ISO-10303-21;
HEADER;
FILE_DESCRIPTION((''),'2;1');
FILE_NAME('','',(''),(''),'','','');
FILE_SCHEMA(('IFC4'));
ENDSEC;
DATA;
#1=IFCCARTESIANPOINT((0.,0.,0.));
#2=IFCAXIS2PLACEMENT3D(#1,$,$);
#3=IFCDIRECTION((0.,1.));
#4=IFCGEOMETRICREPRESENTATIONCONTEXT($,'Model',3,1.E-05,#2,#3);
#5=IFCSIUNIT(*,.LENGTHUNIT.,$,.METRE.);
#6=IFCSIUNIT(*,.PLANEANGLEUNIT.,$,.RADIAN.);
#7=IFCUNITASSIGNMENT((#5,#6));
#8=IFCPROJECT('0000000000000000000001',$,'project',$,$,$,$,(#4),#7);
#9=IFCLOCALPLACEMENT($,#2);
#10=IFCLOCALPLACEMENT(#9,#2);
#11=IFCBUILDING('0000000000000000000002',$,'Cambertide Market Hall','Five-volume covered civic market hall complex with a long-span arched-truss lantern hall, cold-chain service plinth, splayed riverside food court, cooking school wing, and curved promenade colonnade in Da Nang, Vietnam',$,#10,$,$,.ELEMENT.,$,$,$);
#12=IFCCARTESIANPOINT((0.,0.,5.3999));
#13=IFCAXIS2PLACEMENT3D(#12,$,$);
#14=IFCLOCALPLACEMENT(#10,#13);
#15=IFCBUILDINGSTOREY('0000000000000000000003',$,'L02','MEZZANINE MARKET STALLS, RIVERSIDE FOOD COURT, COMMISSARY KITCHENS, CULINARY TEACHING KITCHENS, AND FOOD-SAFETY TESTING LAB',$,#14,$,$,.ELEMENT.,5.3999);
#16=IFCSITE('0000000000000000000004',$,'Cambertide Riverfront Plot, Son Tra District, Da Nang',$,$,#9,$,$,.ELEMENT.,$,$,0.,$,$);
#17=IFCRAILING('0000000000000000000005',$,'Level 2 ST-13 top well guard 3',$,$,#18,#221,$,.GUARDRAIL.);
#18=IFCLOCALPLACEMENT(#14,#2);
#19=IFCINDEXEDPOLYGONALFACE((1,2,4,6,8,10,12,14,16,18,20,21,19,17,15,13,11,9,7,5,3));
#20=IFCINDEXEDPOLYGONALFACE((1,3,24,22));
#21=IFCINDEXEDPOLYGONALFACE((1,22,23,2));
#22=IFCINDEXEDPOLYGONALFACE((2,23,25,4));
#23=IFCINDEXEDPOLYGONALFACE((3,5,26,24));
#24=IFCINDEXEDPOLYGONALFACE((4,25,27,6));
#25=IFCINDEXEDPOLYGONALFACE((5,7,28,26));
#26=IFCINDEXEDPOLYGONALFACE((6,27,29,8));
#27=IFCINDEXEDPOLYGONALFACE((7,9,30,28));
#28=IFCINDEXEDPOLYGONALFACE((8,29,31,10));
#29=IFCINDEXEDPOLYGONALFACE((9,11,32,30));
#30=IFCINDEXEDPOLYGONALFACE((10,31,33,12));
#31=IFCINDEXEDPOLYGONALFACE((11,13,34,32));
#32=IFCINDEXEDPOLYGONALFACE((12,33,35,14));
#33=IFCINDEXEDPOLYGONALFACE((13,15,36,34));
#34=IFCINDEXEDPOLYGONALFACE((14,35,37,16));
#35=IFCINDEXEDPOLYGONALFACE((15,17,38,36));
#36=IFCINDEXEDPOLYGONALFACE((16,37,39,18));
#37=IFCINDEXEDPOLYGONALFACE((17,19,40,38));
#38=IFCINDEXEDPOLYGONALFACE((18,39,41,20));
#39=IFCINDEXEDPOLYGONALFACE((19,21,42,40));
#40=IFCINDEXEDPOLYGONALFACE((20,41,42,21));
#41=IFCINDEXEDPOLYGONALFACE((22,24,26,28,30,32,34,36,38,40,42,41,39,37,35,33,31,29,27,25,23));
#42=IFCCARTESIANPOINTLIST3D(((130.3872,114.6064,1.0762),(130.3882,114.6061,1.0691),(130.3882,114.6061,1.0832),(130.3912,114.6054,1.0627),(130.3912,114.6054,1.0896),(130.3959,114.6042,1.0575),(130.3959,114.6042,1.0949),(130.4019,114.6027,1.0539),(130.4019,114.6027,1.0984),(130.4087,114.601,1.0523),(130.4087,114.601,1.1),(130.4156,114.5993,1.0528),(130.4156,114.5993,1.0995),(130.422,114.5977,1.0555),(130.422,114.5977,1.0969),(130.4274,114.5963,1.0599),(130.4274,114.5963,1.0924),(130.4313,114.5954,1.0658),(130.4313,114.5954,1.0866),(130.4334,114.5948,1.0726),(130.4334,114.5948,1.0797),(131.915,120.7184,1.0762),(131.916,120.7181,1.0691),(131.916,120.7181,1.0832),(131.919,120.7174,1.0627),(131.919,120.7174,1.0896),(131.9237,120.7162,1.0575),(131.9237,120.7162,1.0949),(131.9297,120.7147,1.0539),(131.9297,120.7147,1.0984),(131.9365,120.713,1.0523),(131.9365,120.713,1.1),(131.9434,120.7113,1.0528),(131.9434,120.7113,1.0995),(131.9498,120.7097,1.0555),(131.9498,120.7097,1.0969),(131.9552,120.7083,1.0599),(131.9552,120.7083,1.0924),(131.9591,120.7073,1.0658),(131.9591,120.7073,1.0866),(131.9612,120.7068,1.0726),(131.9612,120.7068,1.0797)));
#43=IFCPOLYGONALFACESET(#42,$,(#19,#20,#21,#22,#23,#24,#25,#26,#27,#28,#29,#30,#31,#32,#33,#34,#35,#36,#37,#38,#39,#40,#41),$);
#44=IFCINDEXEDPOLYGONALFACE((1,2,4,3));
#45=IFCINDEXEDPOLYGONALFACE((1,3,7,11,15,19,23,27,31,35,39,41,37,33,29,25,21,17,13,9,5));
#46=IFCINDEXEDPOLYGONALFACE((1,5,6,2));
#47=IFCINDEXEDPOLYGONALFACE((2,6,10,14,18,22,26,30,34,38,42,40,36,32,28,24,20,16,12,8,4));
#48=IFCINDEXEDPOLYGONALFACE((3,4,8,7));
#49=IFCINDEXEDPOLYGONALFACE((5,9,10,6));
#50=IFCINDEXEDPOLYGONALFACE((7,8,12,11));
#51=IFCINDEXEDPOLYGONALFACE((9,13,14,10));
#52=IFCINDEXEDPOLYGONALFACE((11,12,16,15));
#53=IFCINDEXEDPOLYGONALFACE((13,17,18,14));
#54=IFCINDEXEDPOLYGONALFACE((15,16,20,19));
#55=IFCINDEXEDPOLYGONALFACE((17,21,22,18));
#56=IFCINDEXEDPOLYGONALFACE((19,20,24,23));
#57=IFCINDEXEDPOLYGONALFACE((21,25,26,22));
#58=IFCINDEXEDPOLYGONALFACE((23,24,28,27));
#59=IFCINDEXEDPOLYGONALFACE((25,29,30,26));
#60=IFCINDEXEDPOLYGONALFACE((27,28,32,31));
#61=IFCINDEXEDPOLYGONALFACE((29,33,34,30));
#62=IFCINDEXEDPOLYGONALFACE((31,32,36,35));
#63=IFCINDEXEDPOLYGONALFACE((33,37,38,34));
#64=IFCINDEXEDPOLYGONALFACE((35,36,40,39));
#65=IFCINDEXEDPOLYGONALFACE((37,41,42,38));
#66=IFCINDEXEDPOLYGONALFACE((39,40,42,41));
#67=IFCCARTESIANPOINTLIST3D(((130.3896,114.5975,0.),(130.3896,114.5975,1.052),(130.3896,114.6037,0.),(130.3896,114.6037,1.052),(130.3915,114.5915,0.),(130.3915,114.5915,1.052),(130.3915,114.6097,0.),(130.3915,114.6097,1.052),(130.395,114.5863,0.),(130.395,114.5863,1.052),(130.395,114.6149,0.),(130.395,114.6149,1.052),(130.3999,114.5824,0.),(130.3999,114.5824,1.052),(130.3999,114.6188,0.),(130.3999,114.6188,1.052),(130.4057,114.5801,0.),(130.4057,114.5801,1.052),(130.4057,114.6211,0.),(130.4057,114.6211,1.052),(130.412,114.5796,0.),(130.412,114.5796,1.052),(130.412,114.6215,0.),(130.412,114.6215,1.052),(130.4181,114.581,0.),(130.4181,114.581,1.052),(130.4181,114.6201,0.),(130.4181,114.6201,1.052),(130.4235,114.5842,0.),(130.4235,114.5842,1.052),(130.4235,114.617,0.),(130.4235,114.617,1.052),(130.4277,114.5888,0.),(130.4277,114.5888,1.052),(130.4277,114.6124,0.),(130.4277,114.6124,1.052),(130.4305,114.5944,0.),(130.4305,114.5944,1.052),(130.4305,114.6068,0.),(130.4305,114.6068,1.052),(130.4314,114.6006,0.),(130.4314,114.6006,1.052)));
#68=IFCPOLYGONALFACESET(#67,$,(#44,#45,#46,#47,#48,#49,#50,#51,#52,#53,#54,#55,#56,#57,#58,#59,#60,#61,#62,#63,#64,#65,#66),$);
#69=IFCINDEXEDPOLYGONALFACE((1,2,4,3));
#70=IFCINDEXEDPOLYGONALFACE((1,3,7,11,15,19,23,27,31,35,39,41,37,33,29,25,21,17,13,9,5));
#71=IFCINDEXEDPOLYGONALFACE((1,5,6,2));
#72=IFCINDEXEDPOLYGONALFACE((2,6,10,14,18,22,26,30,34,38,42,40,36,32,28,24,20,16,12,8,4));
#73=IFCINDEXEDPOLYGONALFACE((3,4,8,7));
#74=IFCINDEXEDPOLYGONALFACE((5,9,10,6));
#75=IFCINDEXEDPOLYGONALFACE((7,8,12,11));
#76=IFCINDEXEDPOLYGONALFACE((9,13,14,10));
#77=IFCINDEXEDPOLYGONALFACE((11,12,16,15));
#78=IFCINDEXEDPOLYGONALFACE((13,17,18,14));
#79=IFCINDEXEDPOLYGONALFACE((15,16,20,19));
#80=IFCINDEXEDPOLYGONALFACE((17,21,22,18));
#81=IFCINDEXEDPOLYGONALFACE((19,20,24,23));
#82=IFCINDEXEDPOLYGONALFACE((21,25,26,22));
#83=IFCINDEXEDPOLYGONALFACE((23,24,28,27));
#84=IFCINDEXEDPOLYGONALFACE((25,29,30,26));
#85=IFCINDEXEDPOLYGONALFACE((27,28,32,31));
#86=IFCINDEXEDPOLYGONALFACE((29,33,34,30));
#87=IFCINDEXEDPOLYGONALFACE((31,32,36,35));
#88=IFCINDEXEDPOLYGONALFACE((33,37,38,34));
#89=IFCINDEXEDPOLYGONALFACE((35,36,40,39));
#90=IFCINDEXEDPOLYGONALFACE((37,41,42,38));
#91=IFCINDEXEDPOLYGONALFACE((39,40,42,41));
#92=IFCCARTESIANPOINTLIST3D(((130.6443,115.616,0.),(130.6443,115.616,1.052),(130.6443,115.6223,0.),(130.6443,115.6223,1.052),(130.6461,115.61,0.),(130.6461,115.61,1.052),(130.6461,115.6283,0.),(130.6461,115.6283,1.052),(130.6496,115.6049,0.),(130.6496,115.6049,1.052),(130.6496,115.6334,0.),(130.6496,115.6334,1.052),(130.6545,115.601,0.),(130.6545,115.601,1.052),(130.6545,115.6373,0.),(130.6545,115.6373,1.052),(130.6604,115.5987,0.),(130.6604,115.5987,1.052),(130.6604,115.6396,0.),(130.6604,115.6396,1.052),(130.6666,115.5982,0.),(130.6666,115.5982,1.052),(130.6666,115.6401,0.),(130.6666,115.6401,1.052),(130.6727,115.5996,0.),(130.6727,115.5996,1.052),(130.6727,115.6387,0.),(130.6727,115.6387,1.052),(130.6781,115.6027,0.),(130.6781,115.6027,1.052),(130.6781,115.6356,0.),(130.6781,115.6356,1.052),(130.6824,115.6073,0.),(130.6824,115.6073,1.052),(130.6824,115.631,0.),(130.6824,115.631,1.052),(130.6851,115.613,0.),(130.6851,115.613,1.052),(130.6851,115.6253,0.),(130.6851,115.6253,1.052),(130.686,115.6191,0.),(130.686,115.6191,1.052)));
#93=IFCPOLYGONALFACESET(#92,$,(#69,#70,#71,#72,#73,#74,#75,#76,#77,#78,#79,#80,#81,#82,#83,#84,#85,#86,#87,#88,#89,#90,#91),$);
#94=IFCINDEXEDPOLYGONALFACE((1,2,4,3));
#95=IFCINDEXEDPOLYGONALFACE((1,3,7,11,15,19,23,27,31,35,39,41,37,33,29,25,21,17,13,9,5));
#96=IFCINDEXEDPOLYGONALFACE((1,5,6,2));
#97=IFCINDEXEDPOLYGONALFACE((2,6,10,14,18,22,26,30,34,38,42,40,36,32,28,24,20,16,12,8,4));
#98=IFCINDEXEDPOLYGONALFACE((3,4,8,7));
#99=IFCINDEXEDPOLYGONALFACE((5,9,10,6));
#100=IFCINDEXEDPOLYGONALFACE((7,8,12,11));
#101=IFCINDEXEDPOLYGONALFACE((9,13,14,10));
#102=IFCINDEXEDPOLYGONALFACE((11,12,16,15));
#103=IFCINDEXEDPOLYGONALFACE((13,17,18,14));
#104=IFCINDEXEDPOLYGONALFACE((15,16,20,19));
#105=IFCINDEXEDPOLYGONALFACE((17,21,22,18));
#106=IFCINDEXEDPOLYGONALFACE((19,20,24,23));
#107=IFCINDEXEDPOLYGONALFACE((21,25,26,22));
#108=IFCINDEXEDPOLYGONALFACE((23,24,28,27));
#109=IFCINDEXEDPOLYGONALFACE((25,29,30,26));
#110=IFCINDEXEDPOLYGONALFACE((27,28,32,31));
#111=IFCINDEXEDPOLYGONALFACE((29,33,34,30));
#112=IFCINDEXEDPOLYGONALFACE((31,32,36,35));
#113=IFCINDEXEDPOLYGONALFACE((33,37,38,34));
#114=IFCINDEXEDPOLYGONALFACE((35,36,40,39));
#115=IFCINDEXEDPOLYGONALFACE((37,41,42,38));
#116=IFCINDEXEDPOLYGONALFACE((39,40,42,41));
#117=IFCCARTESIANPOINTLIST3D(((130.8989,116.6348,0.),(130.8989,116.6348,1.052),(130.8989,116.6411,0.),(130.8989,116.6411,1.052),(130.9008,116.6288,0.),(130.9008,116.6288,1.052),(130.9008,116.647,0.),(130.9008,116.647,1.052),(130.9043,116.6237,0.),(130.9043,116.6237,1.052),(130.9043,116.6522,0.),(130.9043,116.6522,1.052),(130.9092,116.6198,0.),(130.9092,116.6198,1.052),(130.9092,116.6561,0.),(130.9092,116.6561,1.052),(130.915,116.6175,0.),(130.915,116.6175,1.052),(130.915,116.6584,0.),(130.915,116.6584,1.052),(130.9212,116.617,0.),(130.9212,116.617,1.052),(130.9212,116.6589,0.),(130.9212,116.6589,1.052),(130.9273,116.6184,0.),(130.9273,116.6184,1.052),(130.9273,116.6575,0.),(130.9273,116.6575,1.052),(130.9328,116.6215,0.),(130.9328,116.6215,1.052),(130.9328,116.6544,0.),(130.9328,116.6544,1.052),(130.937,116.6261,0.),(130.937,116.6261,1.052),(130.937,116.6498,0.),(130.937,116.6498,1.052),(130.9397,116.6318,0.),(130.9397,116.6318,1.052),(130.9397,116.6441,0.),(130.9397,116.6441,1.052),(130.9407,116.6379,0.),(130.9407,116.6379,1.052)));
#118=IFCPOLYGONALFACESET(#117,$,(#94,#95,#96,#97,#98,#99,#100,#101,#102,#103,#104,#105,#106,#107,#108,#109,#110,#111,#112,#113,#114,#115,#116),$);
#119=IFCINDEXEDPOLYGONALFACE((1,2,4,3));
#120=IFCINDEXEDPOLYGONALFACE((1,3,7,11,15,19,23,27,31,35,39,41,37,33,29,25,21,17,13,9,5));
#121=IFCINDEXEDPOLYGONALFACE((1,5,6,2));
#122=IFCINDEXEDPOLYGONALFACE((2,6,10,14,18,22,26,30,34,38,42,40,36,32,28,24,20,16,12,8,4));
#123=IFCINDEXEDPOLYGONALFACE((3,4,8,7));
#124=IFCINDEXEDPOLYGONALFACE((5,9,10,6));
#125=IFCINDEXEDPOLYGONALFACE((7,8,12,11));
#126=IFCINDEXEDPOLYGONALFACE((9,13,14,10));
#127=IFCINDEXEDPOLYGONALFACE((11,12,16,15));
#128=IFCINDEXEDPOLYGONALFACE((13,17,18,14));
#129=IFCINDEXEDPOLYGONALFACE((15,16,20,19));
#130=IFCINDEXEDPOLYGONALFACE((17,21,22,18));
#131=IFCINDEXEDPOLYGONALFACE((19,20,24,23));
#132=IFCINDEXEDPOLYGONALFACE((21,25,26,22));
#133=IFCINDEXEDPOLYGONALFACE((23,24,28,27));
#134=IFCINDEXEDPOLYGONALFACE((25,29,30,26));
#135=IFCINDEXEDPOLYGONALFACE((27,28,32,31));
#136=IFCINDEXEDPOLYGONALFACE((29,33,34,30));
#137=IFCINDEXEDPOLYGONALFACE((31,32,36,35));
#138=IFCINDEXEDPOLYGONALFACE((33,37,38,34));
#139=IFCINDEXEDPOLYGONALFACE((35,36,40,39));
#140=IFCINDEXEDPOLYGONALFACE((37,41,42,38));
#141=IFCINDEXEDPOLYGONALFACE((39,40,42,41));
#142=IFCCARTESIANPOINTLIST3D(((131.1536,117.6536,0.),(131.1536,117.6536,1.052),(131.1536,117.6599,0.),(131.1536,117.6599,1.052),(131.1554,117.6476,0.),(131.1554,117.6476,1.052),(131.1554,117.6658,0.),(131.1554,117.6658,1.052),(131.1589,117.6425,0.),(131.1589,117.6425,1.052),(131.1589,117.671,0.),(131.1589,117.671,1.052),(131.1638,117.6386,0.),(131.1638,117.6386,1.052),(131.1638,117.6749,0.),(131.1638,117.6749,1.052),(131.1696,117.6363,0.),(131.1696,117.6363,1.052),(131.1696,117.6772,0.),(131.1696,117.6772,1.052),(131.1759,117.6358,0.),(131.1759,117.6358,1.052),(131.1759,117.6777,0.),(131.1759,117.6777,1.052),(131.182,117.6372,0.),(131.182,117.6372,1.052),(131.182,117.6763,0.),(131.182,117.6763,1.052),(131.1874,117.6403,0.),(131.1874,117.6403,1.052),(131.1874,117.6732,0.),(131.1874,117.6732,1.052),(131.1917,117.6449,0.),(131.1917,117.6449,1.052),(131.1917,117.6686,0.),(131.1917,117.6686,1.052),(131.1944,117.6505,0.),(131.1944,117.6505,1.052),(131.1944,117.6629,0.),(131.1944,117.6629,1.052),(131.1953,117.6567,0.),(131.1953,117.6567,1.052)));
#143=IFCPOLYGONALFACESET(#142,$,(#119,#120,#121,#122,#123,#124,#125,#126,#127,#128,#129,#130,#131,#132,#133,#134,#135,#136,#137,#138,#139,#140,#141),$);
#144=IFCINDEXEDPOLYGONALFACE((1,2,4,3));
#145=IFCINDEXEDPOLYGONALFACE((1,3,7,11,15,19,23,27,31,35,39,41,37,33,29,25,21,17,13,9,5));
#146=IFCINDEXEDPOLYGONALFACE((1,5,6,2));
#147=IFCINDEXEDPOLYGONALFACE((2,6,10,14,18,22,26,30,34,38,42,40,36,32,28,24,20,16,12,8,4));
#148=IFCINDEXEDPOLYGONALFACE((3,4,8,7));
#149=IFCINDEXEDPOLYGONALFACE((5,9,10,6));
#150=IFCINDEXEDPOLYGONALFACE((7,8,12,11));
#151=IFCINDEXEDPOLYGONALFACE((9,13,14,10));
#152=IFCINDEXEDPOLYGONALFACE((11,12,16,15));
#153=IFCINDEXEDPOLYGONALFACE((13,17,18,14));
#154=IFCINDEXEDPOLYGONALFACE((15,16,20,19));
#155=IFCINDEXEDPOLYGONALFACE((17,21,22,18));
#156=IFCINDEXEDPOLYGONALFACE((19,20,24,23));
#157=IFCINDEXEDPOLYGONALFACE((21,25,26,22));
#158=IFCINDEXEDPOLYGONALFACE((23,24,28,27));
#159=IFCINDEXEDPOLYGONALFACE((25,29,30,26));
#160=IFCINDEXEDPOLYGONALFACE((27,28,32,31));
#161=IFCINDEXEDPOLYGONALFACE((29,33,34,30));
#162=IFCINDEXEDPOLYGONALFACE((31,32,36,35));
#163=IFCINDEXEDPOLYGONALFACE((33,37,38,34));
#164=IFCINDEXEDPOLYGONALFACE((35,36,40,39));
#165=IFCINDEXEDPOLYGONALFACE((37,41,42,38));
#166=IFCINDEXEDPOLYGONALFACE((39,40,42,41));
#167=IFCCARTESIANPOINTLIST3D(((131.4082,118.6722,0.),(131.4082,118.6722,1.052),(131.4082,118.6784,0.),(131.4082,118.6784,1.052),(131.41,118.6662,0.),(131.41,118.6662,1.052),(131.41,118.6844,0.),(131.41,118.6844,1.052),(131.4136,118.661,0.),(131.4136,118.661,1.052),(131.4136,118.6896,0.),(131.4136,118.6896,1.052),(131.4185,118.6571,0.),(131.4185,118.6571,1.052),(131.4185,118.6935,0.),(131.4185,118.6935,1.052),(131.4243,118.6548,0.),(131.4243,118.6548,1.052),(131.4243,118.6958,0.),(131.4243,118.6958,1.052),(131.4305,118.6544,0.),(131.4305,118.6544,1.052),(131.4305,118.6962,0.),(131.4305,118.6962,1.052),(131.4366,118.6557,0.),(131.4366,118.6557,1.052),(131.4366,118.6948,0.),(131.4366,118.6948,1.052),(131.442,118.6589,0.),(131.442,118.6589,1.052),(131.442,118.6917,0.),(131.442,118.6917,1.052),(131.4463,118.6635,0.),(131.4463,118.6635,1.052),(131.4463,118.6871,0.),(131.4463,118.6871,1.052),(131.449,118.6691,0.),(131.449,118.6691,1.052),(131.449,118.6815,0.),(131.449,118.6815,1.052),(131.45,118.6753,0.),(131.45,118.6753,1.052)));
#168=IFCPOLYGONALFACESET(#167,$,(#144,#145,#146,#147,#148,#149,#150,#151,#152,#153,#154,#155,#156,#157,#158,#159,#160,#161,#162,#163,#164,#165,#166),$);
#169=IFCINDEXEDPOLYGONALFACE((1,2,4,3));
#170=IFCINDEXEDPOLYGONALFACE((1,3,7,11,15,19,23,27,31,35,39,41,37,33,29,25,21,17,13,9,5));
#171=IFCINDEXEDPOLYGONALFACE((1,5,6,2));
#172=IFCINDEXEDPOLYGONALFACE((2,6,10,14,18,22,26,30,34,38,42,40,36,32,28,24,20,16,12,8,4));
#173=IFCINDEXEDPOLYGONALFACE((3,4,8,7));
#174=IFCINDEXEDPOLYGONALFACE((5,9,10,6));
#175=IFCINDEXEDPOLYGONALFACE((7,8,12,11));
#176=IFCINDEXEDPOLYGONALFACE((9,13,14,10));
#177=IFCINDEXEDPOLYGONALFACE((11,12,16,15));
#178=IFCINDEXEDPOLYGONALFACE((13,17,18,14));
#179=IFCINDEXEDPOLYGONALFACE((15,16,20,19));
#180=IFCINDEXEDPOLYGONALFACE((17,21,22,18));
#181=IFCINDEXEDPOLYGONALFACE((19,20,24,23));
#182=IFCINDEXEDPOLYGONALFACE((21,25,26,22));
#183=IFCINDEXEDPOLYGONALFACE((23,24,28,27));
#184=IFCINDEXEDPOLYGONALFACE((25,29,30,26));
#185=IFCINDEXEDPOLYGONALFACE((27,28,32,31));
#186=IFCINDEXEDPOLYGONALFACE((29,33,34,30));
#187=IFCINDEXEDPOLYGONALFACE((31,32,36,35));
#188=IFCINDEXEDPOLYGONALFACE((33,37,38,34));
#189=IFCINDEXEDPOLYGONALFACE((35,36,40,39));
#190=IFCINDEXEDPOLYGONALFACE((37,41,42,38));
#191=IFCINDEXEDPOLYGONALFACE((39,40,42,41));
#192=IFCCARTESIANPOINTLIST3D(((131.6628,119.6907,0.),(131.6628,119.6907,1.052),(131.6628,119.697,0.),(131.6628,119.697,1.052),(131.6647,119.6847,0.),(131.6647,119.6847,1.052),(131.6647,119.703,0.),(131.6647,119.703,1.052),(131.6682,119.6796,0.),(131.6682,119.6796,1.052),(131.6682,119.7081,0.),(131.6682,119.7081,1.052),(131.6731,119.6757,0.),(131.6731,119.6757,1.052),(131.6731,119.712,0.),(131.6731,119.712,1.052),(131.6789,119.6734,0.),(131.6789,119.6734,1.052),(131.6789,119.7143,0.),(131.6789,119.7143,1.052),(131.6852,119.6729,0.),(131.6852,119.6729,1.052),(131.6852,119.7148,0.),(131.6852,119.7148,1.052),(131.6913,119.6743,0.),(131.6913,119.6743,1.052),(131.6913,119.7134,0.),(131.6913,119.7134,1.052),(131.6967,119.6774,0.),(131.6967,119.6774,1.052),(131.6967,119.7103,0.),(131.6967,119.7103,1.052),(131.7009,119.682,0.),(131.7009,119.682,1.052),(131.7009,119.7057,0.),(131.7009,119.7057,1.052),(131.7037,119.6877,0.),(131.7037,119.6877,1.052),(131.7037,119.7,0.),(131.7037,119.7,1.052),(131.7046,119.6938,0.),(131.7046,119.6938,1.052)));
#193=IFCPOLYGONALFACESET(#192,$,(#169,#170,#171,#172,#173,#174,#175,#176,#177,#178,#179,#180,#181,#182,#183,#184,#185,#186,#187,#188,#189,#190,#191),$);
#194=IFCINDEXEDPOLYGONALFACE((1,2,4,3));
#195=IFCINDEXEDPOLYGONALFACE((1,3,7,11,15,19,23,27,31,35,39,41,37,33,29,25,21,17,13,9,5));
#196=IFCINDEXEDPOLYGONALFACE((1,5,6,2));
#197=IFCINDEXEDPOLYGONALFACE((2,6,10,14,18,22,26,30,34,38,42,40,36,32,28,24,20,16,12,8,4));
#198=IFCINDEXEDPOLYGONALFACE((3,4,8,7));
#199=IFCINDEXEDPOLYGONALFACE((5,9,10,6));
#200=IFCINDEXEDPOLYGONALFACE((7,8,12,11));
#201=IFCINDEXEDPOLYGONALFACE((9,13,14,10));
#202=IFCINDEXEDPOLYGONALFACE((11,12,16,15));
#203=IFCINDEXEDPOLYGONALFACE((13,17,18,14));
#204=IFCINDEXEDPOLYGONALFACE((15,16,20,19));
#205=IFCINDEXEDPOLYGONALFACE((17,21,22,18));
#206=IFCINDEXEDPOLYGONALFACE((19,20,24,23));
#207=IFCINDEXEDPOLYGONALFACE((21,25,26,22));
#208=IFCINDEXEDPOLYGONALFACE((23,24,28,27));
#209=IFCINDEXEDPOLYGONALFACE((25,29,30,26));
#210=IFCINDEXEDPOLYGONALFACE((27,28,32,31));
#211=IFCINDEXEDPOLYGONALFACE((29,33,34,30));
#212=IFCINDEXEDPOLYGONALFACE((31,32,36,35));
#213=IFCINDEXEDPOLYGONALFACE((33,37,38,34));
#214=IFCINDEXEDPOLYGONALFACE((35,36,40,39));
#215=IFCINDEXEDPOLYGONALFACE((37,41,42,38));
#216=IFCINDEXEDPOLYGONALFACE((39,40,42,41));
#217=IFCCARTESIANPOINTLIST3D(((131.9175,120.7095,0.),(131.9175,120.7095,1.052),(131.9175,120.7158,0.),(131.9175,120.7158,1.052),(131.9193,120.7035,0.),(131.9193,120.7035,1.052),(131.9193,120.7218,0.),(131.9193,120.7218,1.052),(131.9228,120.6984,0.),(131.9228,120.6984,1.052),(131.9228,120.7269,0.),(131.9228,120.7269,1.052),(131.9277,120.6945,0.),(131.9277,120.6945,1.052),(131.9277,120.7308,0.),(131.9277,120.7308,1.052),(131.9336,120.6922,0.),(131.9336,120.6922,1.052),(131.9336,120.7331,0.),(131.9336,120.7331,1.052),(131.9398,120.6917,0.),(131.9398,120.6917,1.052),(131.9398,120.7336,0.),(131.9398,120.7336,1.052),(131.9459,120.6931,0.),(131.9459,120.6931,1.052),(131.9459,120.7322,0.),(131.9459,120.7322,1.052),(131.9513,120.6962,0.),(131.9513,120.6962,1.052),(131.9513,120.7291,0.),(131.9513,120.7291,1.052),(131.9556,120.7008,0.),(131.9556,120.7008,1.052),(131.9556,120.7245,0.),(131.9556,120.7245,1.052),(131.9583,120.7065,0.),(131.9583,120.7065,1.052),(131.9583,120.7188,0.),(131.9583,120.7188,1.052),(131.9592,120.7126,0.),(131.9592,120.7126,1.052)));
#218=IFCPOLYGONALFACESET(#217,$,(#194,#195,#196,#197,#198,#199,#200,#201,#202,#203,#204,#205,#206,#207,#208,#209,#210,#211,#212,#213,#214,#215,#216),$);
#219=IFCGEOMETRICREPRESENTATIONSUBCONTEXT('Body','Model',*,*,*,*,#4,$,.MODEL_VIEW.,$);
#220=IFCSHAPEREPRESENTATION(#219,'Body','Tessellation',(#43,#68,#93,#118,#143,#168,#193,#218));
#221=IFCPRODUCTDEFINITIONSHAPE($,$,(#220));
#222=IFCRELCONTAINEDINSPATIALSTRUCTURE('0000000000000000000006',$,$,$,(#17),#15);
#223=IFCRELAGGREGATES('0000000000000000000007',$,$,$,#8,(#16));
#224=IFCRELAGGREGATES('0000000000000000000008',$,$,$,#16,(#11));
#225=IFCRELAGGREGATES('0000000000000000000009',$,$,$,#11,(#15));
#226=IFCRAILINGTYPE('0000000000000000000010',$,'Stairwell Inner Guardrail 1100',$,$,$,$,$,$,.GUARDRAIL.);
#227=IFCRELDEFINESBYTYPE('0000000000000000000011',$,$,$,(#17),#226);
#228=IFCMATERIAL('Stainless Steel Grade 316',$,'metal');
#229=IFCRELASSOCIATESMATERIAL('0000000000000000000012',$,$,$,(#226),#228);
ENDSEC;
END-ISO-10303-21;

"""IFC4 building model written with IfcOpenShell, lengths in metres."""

from ifc_helpers import new_model, si_unit, direction, frame, origin, origin_2d, place, context, subcontext, project, spatial, circle, extrude, material, type_object, element, save


model = new_model("IFC4")

# Units and contexts
model_context = context("Model", 3, precision=1e-05, world=origin(), true_north=direction((0.0, 1.0)))
body_context = subcontext(model_context, "Body", "Model", "MODEL_VIEW")
ifc_project = project(units=[si_unit("LENGTHUNIT", "METRE"), si_unit("PLANEANGLEUNIT", "RADIAN")], contexts=[model_context])

# Site, building, storey
site_placement = place(None, origin())
site = spatial("IfcSite", under=ifc_project, at=site_placement, Name="Cambertide Riverfront Plot, Son Tra District, Da Nang", CompositionType="ELEMENT", RefElevation=0.0)
building_placement = place(site_placement, origin())
building = spatial("IfcBuilding", under=site, at=building_placement, Name="Cambertide Market Hall", Description="Five-volume covered civic market hall complex with a long-span arched-truss lantern hall, cold-chain service plinth, splayed riverside food court, cooking school wing, and curved promenade colonnade in Da Nang, Vietnam", CompositionType="ELEMENT")
storey_placement = place(building_placement, frame((0.0, 0.0, 5.3999)))
storey = spatial("IfcBuildingStorey", under=building, at=storey_placement, Name="L02", Description="MEZZANINE MARKET STALLS, RIVERSIDE FOOD COURT, COMMISSARY KITCHENS, CULINARY TEACHING KITCHENS, AND FOOD-SAFETY TESTING LAB", CompositionType="ELEMENT", Elevation=5.3999)

# Railing
ifc_material_1 = material(Name="Stainless Steel Grade 316", Category="metal")
railing_type = type_object("IfcRailingType", Name="Stairwell Inner Guardrail 1100", PredefinedType="GUARDRAIL", material=ifc_material_1)
railing_1_placement = place(storey_placement, frame((130.4104, 114.6006, 0.0)))
element("IfcRailing", 1, at=railing_1_placement, inside=storey, type_object=railing_type, Name="Level 2 ST-13 top well guard 3", PredefinedType="GUARDRAIL", context=body_context, shape_type="SweptSolid", body=[
    extrude(circle(Radius=0.0239, at=origin_2d()), frame((0.0, 0.0, 1.0762), z_axis=(0.242508, 0.970149, 0.0), x_axis=(-0.970149, 0.242508, 0.0)), (0.0, 0.0, 1.0), 6.3),
    extrude(circle(Radius=0.021, at=origin_2d()), origin(), (0.0, 0.0, 1.0), 1.052),
    extrude(circle(Radius=0.021, at=origin_2d()), frame((0.2546, 1.0186, 0.0)), (0.0, 0.0, 1.0), 1.052),
    extrude(circle(Radius=0.021, at=origin_2d()), frame((0.5093, 2.0374, 0.0)), (0.0, 0.0, 1.0), 1.052),
    extrude(circle(Radius=0.021, at=origin_2d()), frame((0.7639, 3.0562, 0.0)), (0.0, 0.0, 1.0), 1.052),
    extrude(circle(Radius=0.021, at=origin_2d()), frame((1.0186, 4.0747, 0.0)), (0.0, 0.0, 1.0), 1.052),
    extrude(circle(Radius=0.021, at=origin_2d()), frame((1.2732, 5.0933, 0.0)), (0.0, 0.0, 1.0), 1.052),
    extrude(circle(Radius=0.021, at=origin_2d()), frame((1.5278, 6.1121, 0.0)), (0.0, 0.0, 1.0), 1.052),
])

save(model, "model.ifc")
